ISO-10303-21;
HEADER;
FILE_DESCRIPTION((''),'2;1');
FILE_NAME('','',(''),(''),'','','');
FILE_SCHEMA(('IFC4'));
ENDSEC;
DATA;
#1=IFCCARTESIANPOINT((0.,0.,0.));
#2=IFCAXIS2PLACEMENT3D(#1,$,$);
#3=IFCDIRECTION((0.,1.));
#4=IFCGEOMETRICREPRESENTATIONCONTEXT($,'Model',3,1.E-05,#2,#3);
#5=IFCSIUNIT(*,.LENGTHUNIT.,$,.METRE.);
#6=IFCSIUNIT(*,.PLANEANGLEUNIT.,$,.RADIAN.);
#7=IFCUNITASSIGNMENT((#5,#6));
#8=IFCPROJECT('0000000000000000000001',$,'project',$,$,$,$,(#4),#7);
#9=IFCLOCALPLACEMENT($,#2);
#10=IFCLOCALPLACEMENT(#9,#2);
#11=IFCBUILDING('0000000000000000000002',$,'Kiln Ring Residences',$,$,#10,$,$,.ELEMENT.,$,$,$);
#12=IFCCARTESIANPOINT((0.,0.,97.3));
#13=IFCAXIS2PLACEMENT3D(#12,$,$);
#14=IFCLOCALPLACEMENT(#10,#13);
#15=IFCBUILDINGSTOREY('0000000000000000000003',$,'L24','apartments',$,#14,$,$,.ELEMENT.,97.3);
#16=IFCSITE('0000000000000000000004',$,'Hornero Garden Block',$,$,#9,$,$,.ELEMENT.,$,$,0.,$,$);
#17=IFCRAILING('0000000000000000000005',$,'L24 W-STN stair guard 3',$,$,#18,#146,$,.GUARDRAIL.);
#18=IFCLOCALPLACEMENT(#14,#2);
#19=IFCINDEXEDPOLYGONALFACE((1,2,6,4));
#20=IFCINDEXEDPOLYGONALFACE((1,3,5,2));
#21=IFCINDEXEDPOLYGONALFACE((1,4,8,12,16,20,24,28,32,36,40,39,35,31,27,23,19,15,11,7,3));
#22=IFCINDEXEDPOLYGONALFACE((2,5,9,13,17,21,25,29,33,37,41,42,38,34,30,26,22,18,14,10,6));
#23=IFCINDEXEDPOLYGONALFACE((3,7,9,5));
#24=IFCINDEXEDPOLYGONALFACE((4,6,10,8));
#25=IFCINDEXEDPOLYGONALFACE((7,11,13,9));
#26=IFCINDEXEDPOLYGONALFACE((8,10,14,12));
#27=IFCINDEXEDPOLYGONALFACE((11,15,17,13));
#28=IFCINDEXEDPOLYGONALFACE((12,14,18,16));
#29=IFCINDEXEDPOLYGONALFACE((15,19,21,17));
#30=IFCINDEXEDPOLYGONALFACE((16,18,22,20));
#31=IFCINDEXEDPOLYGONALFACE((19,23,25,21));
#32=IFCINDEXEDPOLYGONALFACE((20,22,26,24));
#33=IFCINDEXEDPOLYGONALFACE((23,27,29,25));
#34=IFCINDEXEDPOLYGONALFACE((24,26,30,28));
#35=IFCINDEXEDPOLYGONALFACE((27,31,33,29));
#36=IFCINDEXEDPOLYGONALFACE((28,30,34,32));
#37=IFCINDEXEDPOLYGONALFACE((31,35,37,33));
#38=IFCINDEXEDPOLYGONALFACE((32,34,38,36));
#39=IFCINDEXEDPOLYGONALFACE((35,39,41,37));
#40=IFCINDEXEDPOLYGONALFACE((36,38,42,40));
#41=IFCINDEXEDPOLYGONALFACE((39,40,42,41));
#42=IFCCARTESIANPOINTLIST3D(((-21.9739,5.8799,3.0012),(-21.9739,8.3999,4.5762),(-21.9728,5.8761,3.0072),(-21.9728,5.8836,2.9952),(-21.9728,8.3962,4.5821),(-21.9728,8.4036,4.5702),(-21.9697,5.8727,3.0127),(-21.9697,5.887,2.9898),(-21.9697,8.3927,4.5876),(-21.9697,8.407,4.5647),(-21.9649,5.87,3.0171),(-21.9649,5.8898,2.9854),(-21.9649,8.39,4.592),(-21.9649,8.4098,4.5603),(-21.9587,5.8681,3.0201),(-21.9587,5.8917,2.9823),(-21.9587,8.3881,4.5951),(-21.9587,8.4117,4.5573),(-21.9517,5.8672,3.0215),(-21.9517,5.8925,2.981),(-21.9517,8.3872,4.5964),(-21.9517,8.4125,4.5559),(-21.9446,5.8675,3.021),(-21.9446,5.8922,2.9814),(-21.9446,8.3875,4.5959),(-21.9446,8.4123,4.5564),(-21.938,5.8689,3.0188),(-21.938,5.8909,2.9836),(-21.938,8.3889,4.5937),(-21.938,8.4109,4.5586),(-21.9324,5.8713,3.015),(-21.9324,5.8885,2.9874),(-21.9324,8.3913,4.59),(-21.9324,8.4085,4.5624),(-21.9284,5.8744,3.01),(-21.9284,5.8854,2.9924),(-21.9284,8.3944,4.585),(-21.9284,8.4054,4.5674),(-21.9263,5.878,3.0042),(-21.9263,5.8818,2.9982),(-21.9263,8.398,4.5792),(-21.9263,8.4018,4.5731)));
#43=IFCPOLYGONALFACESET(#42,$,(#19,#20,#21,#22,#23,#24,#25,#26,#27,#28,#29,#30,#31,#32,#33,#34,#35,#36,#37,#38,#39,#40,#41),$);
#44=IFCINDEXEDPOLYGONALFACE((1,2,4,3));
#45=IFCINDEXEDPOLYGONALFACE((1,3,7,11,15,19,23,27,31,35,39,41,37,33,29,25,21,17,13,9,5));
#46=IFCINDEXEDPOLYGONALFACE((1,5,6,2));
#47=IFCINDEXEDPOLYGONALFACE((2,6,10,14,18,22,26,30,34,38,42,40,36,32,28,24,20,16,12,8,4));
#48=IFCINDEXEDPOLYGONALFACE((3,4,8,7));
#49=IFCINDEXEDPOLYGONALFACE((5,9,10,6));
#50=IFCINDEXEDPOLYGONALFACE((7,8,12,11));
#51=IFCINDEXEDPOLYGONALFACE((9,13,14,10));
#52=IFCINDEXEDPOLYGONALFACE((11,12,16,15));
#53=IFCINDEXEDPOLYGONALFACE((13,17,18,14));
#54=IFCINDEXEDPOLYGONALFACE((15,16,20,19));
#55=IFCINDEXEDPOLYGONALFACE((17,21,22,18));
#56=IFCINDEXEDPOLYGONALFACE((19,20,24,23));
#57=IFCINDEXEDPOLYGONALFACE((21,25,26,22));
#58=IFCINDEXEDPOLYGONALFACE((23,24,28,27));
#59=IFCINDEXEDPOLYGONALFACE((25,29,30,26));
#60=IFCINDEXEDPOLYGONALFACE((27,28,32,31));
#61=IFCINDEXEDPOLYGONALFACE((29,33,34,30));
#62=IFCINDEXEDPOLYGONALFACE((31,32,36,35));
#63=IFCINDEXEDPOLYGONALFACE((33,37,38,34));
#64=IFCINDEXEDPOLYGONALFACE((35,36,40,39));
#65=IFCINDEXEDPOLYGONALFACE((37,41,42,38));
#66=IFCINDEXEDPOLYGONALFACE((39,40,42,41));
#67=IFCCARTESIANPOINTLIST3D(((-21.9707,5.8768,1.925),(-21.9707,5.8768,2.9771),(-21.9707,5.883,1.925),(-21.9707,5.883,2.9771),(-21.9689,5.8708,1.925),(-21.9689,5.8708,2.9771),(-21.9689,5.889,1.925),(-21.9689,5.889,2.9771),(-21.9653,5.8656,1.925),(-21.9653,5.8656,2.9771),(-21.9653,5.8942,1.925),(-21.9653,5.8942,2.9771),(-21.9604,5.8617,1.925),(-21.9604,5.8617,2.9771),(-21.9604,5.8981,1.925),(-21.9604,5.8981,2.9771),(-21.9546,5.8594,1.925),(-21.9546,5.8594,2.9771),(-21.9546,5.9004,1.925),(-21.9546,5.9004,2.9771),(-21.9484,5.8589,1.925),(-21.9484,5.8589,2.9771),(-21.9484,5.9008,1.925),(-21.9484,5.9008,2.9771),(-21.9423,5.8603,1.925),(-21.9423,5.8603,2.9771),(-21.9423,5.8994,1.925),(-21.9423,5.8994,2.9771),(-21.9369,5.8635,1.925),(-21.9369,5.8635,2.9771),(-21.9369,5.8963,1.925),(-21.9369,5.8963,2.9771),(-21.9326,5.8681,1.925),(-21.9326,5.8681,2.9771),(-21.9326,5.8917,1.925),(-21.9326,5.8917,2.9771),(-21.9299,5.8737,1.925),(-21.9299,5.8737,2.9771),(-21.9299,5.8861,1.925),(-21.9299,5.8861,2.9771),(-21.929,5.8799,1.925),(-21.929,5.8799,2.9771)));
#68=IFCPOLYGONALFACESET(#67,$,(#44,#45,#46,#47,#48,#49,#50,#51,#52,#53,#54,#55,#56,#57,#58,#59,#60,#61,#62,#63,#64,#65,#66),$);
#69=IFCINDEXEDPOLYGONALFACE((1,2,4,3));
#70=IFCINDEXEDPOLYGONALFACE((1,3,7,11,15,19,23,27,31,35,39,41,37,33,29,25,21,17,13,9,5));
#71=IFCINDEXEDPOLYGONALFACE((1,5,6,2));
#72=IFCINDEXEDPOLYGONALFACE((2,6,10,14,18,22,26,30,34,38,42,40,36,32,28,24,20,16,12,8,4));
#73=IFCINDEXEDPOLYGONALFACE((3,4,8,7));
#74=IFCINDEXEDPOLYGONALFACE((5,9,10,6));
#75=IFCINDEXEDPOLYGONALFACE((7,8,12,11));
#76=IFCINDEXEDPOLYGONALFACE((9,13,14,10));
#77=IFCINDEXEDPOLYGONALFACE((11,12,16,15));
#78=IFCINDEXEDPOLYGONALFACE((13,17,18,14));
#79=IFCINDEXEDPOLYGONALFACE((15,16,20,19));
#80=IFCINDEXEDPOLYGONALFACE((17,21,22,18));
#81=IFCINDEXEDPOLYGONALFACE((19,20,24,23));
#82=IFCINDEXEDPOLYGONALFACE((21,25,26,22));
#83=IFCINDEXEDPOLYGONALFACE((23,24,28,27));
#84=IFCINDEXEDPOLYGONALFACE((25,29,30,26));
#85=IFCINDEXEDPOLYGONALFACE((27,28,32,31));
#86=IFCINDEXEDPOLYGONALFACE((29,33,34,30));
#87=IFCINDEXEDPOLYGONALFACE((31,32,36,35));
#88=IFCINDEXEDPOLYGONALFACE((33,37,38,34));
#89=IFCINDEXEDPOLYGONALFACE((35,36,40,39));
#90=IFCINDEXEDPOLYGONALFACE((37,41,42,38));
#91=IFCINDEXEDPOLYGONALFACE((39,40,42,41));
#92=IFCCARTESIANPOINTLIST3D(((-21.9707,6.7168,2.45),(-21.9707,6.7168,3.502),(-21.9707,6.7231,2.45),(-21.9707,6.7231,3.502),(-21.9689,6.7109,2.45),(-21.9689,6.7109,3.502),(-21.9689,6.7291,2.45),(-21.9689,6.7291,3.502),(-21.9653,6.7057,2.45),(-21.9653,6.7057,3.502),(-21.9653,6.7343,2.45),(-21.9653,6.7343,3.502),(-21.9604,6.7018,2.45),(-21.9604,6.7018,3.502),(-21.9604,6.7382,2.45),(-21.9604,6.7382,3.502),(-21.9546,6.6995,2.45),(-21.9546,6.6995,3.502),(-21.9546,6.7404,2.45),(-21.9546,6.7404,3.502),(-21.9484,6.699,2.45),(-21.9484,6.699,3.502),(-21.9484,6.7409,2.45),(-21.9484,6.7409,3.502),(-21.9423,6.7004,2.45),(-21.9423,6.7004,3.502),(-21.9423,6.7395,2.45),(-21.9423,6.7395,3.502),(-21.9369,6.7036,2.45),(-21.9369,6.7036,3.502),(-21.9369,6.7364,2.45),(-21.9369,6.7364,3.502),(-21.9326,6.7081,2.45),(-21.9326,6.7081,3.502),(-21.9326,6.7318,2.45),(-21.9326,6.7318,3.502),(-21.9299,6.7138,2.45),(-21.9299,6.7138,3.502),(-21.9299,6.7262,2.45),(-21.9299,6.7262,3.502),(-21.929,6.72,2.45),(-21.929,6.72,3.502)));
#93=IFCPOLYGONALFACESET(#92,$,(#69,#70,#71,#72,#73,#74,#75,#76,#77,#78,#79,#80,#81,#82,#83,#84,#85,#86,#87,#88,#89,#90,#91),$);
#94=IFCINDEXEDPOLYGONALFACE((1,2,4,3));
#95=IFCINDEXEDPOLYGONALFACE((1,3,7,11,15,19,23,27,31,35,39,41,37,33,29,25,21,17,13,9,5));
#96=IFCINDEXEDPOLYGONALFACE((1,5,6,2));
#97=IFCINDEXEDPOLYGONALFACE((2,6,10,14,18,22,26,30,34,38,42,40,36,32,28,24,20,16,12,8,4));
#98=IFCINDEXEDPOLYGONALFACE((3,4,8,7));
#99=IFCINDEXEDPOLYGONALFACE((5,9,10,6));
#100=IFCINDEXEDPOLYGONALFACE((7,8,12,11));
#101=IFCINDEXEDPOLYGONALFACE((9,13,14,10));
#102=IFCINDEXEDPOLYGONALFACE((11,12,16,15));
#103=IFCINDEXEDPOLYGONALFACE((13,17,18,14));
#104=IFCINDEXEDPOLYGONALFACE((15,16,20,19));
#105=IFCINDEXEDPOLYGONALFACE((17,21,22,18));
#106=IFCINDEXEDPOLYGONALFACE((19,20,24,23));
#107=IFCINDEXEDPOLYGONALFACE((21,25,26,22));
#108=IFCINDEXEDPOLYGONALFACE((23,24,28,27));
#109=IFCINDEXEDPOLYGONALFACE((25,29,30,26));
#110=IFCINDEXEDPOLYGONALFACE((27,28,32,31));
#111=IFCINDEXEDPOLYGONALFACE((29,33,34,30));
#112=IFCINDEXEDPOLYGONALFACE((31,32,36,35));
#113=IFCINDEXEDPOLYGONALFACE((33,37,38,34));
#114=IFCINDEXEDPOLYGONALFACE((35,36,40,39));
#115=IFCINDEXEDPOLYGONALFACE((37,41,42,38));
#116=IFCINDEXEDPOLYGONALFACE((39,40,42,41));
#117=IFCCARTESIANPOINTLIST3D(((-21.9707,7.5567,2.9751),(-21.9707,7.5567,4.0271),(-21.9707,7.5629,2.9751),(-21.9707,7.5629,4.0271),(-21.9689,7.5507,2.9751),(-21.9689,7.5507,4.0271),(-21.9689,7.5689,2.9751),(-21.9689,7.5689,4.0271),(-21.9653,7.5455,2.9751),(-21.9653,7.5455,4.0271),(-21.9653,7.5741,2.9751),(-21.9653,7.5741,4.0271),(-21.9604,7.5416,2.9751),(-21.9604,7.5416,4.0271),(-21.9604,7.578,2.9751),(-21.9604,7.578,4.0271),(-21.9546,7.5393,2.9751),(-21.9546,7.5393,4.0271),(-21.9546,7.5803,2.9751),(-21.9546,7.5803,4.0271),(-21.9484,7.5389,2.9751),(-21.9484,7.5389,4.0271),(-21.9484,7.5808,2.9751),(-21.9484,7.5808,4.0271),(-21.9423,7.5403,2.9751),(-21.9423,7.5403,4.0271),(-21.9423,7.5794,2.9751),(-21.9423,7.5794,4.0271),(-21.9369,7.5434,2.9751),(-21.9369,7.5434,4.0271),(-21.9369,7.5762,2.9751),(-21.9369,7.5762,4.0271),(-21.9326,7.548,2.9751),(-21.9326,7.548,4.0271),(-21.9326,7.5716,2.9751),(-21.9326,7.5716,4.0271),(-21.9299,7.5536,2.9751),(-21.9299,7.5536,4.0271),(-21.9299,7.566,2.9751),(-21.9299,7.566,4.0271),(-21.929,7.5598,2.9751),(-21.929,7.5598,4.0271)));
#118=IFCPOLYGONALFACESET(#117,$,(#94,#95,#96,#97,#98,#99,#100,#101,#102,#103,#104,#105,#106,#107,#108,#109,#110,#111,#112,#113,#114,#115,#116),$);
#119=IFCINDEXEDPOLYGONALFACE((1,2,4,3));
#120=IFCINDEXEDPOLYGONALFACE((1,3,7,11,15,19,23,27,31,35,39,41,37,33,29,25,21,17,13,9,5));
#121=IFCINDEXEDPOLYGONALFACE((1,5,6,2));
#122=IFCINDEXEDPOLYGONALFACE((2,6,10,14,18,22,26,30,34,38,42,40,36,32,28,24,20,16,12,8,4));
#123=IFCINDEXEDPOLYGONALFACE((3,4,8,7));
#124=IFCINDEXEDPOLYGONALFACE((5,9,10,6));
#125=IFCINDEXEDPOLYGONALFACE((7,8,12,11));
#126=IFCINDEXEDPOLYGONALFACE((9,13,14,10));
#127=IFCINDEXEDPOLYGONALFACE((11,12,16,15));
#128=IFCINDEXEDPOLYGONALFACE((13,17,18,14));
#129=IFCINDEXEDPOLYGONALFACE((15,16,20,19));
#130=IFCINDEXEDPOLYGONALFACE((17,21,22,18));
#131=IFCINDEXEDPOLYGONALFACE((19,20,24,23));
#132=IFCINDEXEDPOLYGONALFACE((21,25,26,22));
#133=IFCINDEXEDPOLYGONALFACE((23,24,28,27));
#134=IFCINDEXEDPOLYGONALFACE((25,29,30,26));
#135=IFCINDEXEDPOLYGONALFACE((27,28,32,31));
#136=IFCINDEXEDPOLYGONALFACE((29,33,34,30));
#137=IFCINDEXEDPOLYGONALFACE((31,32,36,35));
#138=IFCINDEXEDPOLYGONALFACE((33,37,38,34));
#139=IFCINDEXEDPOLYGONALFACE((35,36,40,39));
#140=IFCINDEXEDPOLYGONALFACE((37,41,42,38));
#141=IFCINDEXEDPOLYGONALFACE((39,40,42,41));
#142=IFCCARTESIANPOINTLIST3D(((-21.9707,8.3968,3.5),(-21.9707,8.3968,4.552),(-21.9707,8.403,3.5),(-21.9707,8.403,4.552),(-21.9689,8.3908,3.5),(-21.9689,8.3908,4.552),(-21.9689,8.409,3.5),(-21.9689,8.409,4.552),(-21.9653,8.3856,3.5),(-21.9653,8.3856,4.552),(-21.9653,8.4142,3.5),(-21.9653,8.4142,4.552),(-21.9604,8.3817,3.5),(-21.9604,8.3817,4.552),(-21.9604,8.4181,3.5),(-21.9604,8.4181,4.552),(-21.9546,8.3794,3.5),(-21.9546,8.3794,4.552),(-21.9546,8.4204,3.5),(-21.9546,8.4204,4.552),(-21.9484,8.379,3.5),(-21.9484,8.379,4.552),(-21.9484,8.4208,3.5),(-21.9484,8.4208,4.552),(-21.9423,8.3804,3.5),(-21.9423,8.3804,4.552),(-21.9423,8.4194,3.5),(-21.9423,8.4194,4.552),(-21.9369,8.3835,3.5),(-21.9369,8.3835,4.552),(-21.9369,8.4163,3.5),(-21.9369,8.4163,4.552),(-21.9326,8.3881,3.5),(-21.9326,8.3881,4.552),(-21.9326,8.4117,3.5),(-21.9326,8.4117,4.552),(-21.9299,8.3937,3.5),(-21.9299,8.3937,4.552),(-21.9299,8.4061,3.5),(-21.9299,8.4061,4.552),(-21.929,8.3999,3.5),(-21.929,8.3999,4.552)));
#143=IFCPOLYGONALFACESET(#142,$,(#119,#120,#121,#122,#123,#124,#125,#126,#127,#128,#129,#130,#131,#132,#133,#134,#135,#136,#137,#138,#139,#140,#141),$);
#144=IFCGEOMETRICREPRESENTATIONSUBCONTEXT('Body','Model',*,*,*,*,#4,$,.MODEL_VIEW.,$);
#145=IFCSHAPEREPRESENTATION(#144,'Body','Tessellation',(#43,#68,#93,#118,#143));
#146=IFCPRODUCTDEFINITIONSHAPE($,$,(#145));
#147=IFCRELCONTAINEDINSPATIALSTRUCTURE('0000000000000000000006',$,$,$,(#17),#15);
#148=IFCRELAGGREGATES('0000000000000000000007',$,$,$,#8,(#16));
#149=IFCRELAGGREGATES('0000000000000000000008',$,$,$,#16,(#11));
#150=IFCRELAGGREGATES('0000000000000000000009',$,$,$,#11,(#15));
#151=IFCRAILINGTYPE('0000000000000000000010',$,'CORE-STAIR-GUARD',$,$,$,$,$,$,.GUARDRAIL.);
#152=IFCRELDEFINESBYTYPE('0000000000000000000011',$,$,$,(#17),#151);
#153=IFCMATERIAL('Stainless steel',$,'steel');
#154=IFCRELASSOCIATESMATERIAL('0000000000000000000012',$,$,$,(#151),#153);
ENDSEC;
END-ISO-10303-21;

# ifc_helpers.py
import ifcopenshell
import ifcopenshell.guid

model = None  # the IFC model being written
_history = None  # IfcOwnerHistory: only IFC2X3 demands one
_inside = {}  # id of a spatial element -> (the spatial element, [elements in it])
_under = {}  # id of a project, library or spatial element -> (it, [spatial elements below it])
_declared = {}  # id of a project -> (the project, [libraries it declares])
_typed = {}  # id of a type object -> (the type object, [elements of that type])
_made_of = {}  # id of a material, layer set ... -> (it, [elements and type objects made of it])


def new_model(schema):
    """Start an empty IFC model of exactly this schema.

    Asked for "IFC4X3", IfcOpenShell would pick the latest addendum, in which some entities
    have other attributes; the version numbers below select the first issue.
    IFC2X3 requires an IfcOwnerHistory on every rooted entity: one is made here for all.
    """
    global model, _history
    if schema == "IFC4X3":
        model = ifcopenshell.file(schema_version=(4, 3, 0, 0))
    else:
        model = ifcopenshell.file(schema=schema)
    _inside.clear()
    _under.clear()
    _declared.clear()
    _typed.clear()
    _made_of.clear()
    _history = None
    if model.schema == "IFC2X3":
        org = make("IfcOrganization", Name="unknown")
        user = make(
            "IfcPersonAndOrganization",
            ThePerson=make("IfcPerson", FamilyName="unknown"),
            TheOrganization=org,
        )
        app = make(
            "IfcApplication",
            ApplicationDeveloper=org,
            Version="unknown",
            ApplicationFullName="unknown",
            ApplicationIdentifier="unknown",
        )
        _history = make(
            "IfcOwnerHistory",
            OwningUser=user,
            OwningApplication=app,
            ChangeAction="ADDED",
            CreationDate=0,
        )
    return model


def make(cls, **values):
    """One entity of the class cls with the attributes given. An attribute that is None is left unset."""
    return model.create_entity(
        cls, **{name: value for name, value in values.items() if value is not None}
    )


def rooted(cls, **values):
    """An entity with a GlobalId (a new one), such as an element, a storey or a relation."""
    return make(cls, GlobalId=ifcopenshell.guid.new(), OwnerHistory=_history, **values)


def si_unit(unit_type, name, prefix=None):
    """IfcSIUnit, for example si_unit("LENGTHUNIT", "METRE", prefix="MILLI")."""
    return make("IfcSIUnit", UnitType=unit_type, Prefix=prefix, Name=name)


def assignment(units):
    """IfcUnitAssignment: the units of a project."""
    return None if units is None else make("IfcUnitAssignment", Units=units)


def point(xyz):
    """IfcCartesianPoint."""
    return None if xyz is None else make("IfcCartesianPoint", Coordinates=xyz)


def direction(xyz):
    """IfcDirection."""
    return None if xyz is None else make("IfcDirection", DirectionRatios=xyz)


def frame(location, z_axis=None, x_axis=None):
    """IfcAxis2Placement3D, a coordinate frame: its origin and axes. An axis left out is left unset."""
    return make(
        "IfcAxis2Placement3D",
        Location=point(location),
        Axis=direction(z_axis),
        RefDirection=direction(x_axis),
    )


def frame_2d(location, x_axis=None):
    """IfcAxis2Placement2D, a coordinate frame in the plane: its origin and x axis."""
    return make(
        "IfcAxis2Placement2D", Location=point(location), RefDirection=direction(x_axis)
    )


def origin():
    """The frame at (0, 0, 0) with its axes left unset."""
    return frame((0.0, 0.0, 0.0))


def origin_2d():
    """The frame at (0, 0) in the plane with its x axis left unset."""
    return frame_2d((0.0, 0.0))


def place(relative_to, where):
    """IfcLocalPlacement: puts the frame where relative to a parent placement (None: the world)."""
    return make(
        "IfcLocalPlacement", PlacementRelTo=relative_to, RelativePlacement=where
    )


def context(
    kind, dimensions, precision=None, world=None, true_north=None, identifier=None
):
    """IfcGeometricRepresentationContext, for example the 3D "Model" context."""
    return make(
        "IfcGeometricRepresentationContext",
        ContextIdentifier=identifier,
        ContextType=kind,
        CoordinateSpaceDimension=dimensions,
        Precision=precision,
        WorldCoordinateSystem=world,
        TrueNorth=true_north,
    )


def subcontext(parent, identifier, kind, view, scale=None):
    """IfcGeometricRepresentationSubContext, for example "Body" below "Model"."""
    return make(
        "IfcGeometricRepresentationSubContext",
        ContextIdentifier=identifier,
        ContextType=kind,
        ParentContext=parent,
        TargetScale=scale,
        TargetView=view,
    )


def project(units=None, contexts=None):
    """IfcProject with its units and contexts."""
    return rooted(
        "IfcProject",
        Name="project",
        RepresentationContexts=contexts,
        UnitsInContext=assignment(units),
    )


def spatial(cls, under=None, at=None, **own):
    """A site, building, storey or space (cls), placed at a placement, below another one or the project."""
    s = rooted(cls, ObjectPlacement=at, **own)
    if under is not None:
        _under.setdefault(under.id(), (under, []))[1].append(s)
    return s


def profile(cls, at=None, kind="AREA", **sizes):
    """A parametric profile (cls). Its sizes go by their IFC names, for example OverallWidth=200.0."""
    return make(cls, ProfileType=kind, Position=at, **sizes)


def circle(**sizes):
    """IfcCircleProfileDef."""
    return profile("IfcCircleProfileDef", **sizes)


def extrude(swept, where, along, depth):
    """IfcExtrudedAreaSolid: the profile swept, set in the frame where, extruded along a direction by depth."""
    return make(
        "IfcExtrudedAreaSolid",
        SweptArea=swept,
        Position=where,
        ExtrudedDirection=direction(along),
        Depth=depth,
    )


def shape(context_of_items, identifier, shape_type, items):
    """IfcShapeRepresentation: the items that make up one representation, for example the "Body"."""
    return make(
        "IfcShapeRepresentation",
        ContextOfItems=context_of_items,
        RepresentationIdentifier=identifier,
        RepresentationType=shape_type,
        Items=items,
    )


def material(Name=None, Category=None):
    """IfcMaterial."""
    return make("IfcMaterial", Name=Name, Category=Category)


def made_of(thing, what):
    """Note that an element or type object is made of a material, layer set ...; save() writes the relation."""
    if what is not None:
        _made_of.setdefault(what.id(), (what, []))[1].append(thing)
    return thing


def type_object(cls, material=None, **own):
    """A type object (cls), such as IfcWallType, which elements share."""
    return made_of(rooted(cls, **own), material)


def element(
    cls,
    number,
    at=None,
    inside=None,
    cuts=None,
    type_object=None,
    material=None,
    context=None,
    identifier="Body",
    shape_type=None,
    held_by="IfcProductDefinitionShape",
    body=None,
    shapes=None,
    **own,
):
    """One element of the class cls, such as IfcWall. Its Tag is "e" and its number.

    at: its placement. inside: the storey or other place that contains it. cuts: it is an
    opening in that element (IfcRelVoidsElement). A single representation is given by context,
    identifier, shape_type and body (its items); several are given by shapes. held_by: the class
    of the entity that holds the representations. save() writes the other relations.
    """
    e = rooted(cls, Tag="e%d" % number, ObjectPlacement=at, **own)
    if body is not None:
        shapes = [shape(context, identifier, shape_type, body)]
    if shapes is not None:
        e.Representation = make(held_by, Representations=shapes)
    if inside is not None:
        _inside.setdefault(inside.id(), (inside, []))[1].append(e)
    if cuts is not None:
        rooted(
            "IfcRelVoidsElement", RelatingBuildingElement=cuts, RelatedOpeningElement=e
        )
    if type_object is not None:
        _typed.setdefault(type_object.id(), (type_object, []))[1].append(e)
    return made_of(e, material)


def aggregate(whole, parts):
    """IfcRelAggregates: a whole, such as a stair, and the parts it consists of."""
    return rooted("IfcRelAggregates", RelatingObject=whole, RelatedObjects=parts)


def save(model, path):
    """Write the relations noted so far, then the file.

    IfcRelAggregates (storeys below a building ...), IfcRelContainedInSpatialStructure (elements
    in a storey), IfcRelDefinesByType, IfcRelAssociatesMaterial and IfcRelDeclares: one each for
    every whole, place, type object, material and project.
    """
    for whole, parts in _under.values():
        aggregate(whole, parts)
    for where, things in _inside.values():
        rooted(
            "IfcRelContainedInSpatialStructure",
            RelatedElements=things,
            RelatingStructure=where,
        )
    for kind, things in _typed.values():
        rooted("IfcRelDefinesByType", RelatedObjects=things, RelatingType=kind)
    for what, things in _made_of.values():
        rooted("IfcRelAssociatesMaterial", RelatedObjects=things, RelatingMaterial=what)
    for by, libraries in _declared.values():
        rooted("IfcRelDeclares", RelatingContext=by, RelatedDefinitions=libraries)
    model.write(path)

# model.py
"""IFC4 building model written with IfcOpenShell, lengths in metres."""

from ifc_helpers import new_model, si_unit, direction, frame, origin, origin_2d, place, context, subcontext, project, spatial, circle, extrude, material, type_object, element, save


model = new_model("IFC4")

# Units and contexts
model_context = context("Model", 3, precision=1e-05, world=origin(), true_north=direction((0.0, 1.0)))
body_context = subcontext(model_context, "Body", "Model", "MODEL_VIEW")
ifc_project = project(units=[si_unit("LENGTHUNIT", "METRE"), si_unit("PLANEANGLEUNIT", "RADIAN")], contexts=[model_context])

# Site, building, storey
site_placement = place(None, origin())
site = spatial("IfcSite", under=ifc_project, at=site_placement, Name="Hornero Garden Block", CompositionType="ELEMENT", RefElevation=0.0)
building_placement = place(site_placement, origin())
building = spatial("IfcBuilding", under=site, at=building_placement, Name="Kiln Ring Residences", CompositionType="ELEMENT")
storey_placement = place(building_placement, frame((0.0, 0.0, 97.3)))
storey = spatial("IfcBuildingStorey", under=building, at=storey_placement, Name="L24", Description="apartments", CompositionType="ELEMENT", Elevation=97.3)

# Railing
ifc_material_1 = material(Name="Stainless steel", Category="steel")
railing_type_1 = type_object("IfcRailingType", Name="CORE-STAIR-GUARD", PredefinedType="GUARDRAIL", material=ifc_material_1)
railing_1_placement = place(storey_placement, frame((-21.95, 5.8799, 1.925)))
element("IfcRailing", 1, at=railing_1_placement, inside=storey, type_object=railing_type_1, Name="L24 W-STN stair guard 3", PredefinedType="GUARDRAIL", context=body_context, shape_type="SweptSolid", body=[
    extrude(circle(Radius=0.0239, at=origin_2d()), frame((0.0, 0.0, 1.0762), z_axis=(0.0, 0.848008, 0.529984), x_axis=(-1.0, 0.0, 0.0)), (0.0, 0.0, 1.0), 2.9717),
    extrude(circle(Radius=0.021, at=origin_2d()), origin(), (0.0, 0.0, 1.0), 1.052),
    extrude(circle(Radius=0.021, at=origin_2d()), frame((0.0, 0.8401, 0.5249)), (0.0, 0.0, 1.0), 1.052),
    extrude(circle(Radius=0.021, at=origin_2d()), frame((0.0, 1.6799, 1.05)), (0.0, 0.0, 1.0), 1.052),
    extrude(circle(Radius=0.021, at=origin_2d()), frame((0.0, 2.52, 1.575)), (0.0, 0.0, 1.0), 1.052),
])

save(model, "model.ifc")
